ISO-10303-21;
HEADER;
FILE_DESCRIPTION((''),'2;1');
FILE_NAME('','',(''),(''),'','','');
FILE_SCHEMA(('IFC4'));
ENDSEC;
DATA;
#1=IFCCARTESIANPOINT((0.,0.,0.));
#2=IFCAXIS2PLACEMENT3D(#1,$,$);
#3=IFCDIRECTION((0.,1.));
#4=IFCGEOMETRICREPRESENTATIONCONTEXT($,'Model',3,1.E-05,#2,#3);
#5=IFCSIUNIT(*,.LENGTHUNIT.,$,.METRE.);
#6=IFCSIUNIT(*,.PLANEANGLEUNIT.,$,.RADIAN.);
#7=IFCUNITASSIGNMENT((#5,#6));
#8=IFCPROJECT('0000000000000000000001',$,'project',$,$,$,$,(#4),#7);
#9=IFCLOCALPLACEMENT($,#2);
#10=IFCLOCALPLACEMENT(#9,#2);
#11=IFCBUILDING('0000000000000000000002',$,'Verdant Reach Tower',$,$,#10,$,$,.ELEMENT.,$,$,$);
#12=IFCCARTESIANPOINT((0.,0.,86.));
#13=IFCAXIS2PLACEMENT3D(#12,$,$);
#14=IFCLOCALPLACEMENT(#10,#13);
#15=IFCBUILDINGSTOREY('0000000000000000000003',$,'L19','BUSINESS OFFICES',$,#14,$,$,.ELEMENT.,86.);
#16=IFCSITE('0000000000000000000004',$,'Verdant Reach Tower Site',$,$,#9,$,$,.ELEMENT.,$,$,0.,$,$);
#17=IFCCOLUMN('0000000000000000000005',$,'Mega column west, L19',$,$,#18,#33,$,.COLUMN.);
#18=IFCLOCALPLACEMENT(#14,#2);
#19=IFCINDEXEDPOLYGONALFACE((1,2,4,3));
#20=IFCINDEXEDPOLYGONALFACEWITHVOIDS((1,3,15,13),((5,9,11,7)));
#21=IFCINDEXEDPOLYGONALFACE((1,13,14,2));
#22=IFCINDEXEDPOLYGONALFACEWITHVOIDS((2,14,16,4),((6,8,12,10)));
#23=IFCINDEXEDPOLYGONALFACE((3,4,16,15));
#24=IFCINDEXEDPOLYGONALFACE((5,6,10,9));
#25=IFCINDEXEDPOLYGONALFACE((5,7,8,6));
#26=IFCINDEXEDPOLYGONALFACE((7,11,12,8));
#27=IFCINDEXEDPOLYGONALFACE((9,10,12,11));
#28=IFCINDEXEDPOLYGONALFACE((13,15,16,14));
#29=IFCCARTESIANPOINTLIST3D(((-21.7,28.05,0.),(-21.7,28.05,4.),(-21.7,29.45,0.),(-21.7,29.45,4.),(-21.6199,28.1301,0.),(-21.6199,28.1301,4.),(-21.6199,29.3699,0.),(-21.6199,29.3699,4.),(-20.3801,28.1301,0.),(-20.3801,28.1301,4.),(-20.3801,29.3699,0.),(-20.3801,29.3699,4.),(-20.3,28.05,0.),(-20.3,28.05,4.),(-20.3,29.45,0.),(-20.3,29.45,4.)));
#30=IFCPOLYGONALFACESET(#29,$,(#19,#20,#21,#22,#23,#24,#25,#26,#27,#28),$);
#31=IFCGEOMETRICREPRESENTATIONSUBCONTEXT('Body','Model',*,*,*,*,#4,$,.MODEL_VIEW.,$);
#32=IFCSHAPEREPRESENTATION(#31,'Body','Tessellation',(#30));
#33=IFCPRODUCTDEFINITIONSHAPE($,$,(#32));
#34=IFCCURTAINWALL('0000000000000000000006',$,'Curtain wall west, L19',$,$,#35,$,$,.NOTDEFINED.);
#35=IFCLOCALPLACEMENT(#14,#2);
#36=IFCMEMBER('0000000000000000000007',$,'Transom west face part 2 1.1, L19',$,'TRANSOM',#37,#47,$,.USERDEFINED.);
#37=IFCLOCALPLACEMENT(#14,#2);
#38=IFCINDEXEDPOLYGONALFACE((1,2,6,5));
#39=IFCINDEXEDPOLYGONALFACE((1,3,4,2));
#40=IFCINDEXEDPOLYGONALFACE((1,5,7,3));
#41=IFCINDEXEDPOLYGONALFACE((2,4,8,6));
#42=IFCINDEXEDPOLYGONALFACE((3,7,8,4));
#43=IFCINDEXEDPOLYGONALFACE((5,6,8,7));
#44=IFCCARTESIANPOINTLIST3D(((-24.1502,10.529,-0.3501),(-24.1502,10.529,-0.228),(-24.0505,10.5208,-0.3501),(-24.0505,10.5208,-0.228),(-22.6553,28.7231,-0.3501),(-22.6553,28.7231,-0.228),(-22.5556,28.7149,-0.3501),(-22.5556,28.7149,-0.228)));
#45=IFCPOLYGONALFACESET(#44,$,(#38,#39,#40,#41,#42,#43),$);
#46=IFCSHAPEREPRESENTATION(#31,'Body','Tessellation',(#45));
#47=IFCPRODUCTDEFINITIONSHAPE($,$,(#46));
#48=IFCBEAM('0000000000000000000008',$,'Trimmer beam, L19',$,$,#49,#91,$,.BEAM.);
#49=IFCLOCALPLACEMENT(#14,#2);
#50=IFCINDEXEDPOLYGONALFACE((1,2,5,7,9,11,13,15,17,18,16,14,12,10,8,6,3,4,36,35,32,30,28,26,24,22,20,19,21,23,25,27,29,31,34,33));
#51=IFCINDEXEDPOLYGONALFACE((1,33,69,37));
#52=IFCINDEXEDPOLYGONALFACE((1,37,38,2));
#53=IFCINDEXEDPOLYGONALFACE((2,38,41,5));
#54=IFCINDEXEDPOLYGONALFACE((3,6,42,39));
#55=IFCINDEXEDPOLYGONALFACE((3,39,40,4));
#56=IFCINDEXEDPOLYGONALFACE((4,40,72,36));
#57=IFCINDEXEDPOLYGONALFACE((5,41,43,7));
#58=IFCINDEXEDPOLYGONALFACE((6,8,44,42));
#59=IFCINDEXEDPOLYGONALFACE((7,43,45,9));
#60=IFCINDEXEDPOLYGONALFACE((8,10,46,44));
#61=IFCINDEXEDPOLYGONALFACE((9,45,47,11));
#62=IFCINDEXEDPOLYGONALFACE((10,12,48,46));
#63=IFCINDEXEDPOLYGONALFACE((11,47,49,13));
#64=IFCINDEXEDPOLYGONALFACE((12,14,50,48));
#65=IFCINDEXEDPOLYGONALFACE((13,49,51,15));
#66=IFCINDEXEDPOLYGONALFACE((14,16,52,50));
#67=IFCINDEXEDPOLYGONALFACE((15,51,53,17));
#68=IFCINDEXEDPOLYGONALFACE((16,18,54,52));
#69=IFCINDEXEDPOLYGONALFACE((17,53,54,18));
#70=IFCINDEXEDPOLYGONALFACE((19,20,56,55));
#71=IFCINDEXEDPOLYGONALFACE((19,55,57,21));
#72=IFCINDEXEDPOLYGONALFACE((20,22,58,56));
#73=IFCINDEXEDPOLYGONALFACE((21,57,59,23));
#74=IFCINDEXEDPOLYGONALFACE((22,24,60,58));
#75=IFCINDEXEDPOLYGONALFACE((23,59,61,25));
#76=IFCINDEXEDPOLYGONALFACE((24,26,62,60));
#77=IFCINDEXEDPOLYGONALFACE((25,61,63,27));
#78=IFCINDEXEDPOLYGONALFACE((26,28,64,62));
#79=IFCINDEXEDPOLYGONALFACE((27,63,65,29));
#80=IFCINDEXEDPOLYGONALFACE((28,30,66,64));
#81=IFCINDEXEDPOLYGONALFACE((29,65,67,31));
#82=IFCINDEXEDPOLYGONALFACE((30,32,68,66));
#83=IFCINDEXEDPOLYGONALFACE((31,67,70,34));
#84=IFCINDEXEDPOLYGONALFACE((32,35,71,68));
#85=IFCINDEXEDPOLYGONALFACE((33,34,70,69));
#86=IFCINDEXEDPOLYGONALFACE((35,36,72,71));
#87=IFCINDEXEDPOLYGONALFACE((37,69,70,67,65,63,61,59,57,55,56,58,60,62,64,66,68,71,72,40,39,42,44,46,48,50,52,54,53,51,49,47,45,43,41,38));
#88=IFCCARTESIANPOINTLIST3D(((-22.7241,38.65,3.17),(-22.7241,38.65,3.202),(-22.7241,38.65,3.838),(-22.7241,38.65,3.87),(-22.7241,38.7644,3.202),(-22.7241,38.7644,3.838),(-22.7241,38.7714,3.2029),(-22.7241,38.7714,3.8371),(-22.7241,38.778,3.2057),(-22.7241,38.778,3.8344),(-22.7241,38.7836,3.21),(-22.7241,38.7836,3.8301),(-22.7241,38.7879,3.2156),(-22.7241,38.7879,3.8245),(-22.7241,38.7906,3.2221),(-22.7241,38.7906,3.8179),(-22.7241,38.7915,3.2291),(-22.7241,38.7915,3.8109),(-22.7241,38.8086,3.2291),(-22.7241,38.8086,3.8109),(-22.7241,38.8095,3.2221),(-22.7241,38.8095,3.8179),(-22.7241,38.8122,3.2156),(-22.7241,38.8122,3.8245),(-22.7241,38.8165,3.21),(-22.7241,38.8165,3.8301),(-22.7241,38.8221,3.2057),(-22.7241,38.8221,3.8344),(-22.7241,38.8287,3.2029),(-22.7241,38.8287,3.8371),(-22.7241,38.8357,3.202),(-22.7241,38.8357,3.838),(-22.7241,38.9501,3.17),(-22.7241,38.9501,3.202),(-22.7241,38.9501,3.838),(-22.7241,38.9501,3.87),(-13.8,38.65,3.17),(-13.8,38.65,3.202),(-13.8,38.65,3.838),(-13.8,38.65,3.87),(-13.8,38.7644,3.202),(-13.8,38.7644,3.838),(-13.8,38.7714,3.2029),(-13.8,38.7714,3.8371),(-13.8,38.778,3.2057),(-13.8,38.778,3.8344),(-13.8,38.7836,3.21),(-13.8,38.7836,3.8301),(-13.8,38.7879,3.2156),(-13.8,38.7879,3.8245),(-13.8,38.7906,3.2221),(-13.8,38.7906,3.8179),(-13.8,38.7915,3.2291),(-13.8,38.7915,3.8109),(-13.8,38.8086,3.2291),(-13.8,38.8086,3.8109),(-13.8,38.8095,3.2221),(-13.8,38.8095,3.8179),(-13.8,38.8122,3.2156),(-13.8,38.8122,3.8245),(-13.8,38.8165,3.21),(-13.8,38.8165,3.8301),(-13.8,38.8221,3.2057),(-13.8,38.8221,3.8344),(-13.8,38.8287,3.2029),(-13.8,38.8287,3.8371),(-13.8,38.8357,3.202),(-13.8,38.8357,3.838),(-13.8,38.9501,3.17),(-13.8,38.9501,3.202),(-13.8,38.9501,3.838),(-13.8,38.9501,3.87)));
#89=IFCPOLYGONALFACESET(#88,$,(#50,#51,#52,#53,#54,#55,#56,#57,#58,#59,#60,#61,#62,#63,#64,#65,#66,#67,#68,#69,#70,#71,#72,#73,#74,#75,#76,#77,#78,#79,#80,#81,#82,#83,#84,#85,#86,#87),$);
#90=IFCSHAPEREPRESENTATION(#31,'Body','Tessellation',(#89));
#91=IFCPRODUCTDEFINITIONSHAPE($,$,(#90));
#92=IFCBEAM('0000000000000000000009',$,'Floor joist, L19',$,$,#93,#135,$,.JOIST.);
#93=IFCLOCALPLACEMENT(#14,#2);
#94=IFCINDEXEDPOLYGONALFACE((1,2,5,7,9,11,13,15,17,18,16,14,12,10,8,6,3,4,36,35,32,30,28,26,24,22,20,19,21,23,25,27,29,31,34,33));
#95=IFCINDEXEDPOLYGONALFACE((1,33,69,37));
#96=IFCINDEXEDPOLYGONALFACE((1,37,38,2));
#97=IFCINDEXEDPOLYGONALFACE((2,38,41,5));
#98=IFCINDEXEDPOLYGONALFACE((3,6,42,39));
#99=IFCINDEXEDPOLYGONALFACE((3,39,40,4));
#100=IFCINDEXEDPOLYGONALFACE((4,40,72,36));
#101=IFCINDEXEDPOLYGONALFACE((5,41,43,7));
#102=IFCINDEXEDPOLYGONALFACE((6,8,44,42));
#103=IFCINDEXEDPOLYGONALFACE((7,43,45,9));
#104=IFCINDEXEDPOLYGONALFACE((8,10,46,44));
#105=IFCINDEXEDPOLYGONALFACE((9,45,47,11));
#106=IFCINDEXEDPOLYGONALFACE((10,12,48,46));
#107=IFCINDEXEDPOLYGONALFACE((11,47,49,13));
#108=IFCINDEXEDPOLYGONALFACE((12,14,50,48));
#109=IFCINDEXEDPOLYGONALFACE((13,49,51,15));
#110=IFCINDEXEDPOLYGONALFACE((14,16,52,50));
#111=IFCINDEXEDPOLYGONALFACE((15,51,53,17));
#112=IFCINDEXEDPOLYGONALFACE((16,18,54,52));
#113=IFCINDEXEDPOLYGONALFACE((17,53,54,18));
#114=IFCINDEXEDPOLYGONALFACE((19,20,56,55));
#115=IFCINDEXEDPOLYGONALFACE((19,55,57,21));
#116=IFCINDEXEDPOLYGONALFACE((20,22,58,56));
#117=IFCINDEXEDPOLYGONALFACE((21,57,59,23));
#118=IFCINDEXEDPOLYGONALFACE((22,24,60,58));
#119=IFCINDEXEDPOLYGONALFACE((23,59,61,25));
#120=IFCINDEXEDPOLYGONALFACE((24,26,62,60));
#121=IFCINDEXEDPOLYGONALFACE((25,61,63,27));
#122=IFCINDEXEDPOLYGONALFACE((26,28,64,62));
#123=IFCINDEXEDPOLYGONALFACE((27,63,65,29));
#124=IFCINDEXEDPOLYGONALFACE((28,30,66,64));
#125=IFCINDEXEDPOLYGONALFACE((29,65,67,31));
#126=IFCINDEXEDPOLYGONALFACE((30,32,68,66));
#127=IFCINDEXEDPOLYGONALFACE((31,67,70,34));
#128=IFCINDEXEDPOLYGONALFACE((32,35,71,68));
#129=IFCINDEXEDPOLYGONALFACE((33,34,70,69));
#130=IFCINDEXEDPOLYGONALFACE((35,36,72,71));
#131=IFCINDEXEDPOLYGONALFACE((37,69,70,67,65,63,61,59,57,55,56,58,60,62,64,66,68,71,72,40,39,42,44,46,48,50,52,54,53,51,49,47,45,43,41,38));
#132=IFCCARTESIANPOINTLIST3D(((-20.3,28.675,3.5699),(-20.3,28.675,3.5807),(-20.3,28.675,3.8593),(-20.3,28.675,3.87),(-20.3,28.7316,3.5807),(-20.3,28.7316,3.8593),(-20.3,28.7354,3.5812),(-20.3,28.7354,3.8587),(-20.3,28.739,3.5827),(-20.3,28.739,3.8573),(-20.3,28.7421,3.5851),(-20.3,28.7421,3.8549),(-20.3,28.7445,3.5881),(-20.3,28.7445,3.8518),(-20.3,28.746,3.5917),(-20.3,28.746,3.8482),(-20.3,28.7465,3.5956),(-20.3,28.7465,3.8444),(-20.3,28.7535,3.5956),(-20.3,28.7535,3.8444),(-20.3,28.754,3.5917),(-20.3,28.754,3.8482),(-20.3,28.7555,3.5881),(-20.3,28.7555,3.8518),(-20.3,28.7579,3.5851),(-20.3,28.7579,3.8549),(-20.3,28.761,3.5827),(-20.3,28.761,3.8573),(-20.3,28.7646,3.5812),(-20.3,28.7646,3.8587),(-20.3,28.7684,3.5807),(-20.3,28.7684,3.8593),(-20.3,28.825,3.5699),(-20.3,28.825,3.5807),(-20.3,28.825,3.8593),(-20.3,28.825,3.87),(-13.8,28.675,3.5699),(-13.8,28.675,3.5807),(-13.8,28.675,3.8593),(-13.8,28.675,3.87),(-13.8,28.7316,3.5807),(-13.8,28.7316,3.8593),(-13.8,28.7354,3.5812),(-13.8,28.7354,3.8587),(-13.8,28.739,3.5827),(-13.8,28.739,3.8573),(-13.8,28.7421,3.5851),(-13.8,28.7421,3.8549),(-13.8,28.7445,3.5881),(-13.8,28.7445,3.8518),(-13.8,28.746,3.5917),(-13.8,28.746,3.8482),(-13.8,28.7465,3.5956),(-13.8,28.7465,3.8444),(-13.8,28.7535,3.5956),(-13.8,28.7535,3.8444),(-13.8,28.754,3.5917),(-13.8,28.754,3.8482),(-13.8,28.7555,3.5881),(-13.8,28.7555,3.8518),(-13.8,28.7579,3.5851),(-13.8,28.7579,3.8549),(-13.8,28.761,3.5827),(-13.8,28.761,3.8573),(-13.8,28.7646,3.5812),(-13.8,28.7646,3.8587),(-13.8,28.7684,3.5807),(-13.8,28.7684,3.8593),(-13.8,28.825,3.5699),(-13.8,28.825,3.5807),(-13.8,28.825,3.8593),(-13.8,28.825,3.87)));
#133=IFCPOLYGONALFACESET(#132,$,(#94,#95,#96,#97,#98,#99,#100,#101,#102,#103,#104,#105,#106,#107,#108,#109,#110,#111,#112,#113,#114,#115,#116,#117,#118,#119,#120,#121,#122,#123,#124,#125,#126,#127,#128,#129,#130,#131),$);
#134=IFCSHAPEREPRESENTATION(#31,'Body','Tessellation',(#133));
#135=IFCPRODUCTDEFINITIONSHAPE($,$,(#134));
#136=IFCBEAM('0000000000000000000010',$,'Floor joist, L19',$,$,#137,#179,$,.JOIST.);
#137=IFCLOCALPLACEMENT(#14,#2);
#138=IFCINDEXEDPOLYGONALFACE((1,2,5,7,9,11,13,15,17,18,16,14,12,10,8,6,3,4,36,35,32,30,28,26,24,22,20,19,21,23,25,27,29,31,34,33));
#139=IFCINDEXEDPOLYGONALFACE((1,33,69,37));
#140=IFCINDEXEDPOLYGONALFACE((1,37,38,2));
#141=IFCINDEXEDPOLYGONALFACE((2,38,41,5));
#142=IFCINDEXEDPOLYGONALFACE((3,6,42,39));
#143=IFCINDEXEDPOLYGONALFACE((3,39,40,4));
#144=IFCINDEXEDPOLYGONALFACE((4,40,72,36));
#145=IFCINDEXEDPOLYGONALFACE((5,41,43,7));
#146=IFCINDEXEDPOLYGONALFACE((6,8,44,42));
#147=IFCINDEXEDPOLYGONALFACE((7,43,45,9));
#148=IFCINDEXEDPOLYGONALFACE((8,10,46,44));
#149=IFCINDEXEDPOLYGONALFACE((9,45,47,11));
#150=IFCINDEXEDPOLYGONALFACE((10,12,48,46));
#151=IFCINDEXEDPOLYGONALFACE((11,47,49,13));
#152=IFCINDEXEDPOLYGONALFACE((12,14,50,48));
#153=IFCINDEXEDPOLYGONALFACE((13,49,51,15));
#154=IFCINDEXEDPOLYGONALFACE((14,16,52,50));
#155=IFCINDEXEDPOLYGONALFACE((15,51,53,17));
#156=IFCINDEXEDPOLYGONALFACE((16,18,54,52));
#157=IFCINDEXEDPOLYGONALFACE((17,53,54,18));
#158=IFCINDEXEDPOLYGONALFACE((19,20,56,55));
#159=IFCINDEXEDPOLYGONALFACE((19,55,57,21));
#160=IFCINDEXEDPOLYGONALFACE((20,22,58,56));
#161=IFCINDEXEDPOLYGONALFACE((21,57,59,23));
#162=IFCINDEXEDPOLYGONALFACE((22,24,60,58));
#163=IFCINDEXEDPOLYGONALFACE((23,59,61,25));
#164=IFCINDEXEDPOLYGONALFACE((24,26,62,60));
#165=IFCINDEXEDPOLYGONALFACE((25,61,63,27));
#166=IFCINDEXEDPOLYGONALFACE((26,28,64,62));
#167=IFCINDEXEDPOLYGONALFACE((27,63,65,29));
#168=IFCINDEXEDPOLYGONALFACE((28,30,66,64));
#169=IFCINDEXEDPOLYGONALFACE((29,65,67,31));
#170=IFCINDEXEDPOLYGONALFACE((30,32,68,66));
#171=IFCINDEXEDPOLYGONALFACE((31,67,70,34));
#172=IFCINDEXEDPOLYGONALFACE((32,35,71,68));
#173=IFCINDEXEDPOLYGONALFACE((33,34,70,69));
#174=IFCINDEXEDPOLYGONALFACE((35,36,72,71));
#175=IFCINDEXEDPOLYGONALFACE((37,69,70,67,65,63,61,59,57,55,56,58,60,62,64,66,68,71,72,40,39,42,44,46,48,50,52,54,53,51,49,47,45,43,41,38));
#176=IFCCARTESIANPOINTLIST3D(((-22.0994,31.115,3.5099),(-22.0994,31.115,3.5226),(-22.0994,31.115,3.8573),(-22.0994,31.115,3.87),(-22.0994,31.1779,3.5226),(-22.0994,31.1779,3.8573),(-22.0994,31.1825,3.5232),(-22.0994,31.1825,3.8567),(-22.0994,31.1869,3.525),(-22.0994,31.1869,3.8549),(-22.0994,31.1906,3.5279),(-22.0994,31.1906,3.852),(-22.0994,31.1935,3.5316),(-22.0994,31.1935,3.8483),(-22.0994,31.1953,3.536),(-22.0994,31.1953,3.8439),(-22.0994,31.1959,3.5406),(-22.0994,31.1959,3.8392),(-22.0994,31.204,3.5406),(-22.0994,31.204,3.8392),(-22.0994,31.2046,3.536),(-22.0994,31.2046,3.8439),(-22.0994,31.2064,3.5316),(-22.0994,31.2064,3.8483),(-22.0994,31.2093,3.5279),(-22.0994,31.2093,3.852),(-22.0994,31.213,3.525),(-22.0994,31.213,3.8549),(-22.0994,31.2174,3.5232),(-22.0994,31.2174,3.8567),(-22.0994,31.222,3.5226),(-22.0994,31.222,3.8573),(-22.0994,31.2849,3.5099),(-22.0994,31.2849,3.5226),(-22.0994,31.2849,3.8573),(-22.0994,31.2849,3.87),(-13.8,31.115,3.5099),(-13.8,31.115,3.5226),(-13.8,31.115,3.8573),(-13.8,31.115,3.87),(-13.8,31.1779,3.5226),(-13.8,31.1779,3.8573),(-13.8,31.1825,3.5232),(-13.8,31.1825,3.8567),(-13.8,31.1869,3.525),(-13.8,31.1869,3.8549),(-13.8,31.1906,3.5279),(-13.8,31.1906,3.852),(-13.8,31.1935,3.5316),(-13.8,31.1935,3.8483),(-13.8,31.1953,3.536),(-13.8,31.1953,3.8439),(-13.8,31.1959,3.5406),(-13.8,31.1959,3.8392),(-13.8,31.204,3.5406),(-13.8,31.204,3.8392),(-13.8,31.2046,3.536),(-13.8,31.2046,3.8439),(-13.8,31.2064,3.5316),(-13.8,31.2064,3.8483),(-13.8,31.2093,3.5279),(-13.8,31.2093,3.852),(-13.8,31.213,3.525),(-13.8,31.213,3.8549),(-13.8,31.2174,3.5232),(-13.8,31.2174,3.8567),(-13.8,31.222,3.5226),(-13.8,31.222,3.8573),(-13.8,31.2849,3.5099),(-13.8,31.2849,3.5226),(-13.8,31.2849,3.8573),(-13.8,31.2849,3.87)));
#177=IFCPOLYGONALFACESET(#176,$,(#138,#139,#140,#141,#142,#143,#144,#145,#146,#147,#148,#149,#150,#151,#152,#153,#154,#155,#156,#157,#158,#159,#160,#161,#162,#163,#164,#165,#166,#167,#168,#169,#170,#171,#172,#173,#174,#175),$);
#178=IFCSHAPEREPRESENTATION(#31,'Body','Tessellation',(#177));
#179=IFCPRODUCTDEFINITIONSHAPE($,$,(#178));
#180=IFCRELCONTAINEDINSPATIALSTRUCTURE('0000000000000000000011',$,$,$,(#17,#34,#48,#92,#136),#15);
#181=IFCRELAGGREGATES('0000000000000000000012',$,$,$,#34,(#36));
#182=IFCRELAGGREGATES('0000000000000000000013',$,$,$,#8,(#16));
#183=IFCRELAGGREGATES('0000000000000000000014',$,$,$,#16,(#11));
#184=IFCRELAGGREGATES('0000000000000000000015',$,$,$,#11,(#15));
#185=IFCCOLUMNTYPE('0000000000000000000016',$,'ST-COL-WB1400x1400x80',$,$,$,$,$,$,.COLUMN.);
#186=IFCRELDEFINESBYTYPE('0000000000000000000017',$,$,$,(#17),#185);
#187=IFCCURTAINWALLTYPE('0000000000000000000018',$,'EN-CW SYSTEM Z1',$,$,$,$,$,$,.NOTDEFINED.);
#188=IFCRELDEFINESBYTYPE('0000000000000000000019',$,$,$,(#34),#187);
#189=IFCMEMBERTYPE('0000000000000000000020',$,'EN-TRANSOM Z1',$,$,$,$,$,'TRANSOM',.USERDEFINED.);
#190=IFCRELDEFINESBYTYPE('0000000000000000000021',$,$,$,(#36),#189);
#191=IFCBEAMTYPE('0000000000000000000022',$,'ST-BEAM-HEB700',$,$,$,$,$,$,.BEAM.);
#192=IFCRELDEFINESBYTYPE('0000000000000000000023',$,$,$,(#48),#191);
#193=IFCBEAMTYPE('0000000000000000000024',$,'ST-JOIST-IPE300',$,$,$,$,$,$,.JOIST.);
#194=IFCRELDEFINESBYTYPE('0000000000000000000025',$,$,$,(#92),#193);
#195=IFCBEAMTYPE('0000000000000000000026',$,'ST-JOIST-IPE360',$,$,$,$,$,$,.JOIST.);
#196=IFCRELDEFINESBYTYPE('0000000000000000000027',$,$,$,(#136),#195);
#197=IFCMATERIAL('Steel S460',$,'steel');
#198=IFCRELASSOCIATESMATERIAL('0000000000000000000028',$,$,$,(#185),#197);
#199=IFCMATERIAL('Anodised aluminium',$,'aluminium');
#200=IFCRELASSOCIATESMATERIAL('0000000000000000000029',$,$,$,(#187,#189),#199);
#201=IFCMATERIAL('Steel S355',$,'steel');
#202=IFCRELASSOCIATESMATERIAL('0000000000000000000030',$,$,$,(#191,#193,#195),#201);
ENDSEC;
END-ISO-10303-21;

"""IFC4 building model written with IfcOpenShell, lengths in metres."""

from ifc_helpers import new_model, si_unit, direction, frame, origin, origin_2d, place, context, subcontext, project, spatial, rectangle, hollow_rectangle, i_section, extrude, material, material_profile, profile_set, type_object, element, aggregate, save


model = new_model("IFC4")

# Units and contexts
model_context = context("Model", 3, precision=1e-05, world=origin(), true_north=direction((0.0, 1.0)))
body_context = subcontext(model_context, "Body", "Model", "MODEL_VIEW")
ifc_project = project(units=[si_unit("LENGTHUNIT", "METRE"), si_unit("PLANEANGLEUNIT", "RADIAN")], contexts=[model_context])

# Site, building, storey
site_placement = place(None, origin())
site = spatial("IfcSite", under=ifc_project, at=site_placement, Name="Verdant Reach Tower Site", CompositionType="ELEMENT", RefElevation=0.0)
building_placement = place(site_placement, origin())
building = spatial("IfcBuilding", under=site, at=building_placement, Name="Verdant Reach Tower", CompositionType="ELEMENT")
storey_placement = place(building_placement, frame((0.0, 0.0, 86.0)))
storey = spatial("IfcBuildingStorey", under=building, at=storey_placement, Name="L19", Description="BUSINESS OFFICES", CompositionType="ELEMENT", Elevation=86.0)

# Column
ifc_material_1 = material(Name="Steel S460", Category="steel")
ifc_material_profile_1 = material_profile(ifc_material_1, hollow_rectangle(XDim=1.3999, YDim=1.3999, WallThickness=0.0801, at=origin_2d()), Name="WB 1400x1400x80")
ifc_profile_set_1 = profile_set([ifc_material_profile_1], Name="Steel S460")
column_type = type_object("IfcColumnType", Name="ST-COL-WB1400x1400x80", PredefinedType="COLUMN", material=ifc_profile_set_1)
column_placement = place(storey_placement, frame((-21.0, 28.75, 0.0), z_axis=(0.0, 0.0, 1.0), x_axis=(1.0, 0.0, 0.0)))
element("IfcColumn", 1, at=column_placement, inside=storey, type_object=column_type, Name="Mega column west, L19", PredefinedType="COLUMN", context=body_context, shape_type="SweptSolid", body=[
    extrude(hollow_rectangle(XDim=1.3999, YDim=1.3999, WallThickness=0.0801, at=origin_2d()), origin(), (0.0, 0.0, 1.0), 4.0),
])

# Curtain wall, member
ifc_material_2 = material(Name="Anodised aluminium", Category="aluminium")
curtain_wall_type = type_object("IfcCurtainWallType", Name="EN-CW SYSTEM Z1", PredefinedType="NOTDEFINED", material=ifc_material_2)
curtain_wall_placement = place(storey_placement, origin())
curtain_wall = element("IfcCurtainWall", 2, at=curtain_wall_placement, inside=storey, type_object=curtain_wall_type, Name="Curtain wall west, L19", PredefinedType="NOTDEFINED")
ifc_material_profile_2 = material_profile(ifc_material_2, rectangle(XDim=0.1001, YDim=0.1221, at=origin_2d()), Name="Transom 122x100")
ifc_profile_set_2 = profile_set([ifc_material_profile_2], Name="Anodised aluminium")
member_type = type_object("IfcMemberType", Name="EN-TRANSOM Z1", ElementType="TRANSOM", PredefinedType="USERDEFINED", material=ifc_profile_set_2)
member_placement = place(storey_placement, frame((-22.6055, 28.719, -0.2891), z_axis=(-0.081887, -0.996642, 0.0), x_axis=(0.996642, -0.081887, 0.0)))
member = element("IfcMember", 3, at=member_placement, type_object=member_type, Name="Transom west face part 2 1.1, L19", ObjectType="TRANSOM", PredefinedType="USERDEFINED", context=body_context, shape_type="SweptSolid", body=[
    extrude(rectangle(XDim=0.1001, YDim=0.1221, at=origin_2d()), origin(), (0.0, 0.0, 1.0), 18.2554),
])

# Beams
ifc_material_3 = material(Name="Steel S355", Category="steel")
ifc_material_profile_3 = material_profile(ifc_material_3, i_section(OverallWidth=0.3, OverallDepth=0.7, WebThickness=0.0171, FlangeThickness=0.032, FilletRadius=0.0271, at=origin_2d()), Name="HEB 700")
ifc_profile_set_3 = profile_set([ifc_material_profile_3], Name="Steel S355")
beam_type_1 = type_object("IfcBeamType", Name="ST-BEAM-HEB700", PredefinedType="BEAM", material=ifc_profile_set_3)
beam_1_placement = place(storey_placement, frame((-13.8, 38.8, 3.52), z_axis=(-1.0, 0.0, 0.0), x_axis=(0.0, -1.0, 0.0)))
element("IfcBeam", 4, at=beam_1_placement, inside=storey, type_object=beam_type_1, Name="Trimmer beam, L19", PredefinedType="BEAM", context=body_context, shape_type="SweptSolid", body=[
    extrude(i_section(OverallWidth=0.3, OverallDepth=0.7, WebThickness=0.0171, FlangeThickness=0.032, FilletRadius=0.0271, at=origin_2d()), origin(), (0.0, 0.0, 1.0), 8.9241),
])
ifc_material_profile_4 = material_profile(ifc_material_3, i_section(OverallWidth=0.1499, OverallDepth=0.3, WebThickness=0.0071, FlangeThickness=0.0107, FilletRadius=0.0149, at=origin_2d()), Name="IPE 300")
ifc_profile_set_4 = profile_set([ifc_material_profile_4], Name="Steel S355")
beam_type_2 = type_object("IfcBeamType", Name="ST-JOIST-IPE300", PredefinedType="JOIST", material=ifc_profile_set_4)
beam_2_placement = place(storey_placement, frame((-13.8, 28.75, 3.72), z_axis=(-1.0, 0.0, 0.0), x_axis=(0.0, -1.0, 0.0)))
element("IfcBeam", 5, at=beam_2_placement, inside=storey, type_object=beam_type_2, Name="Floor joist, L19", PredefinedType="JOIST", context=body_context, shape_type="SweptSolid", body=[
    extrude(i_section(OverallWidth=0.1499, OverallDepth=0.3, WebThickness=0.0071, FlangeThickness=0.0107, FilletRadius=0.0149, at=origin_2d()), origin(), (0.0, 0.0, 1.0), 6.5),
])
ifc_material_profile_5 = material_profile(ifc_material_3, i_section(OverallWidth=0.1699, OverallDepth=0.3601, WebThickness=0.0081, FlangeThickness=0.0127, FilletRadius=0.0181, at=origin_2d()), Name="IPE 360")
ifc_profile_set_5 = profile_set([ifc_material_profile_5], Name="Steel S355")
beam_type_3 = type_object("IfcBeamType", Name="ST-JOIST-IPE360", PredefinedType="JOIST", material=ifc_profile_set_5)
beam_3_placement = place(storey_placement, frame((-13.8, 31.2, 3.6899), z_axis=(-1.0, 0.0, 0.0), x_axis=(0.0, -1.0, 0.0)))
element("IfcBeam", 6, at=beam_3_placement, inside=storey, type_object=beam_type_3, Name="Floor joist, L19", PredefinedType="JOIST", context=body_context, shape_type="SweptSolid", body=[
    extrude(i_section(OverallWidth=0.1699, OverallDepth=0.3601, WebThickness=0.0081, FlangeThickness=0.0127, FilletRadius=0.0181, at=origin_2d()), origin(), (0.0, 0.0, 1.0), 8.2993),
])

aggregate(curtain_wall, [member])

save(model, "model.ifc")
